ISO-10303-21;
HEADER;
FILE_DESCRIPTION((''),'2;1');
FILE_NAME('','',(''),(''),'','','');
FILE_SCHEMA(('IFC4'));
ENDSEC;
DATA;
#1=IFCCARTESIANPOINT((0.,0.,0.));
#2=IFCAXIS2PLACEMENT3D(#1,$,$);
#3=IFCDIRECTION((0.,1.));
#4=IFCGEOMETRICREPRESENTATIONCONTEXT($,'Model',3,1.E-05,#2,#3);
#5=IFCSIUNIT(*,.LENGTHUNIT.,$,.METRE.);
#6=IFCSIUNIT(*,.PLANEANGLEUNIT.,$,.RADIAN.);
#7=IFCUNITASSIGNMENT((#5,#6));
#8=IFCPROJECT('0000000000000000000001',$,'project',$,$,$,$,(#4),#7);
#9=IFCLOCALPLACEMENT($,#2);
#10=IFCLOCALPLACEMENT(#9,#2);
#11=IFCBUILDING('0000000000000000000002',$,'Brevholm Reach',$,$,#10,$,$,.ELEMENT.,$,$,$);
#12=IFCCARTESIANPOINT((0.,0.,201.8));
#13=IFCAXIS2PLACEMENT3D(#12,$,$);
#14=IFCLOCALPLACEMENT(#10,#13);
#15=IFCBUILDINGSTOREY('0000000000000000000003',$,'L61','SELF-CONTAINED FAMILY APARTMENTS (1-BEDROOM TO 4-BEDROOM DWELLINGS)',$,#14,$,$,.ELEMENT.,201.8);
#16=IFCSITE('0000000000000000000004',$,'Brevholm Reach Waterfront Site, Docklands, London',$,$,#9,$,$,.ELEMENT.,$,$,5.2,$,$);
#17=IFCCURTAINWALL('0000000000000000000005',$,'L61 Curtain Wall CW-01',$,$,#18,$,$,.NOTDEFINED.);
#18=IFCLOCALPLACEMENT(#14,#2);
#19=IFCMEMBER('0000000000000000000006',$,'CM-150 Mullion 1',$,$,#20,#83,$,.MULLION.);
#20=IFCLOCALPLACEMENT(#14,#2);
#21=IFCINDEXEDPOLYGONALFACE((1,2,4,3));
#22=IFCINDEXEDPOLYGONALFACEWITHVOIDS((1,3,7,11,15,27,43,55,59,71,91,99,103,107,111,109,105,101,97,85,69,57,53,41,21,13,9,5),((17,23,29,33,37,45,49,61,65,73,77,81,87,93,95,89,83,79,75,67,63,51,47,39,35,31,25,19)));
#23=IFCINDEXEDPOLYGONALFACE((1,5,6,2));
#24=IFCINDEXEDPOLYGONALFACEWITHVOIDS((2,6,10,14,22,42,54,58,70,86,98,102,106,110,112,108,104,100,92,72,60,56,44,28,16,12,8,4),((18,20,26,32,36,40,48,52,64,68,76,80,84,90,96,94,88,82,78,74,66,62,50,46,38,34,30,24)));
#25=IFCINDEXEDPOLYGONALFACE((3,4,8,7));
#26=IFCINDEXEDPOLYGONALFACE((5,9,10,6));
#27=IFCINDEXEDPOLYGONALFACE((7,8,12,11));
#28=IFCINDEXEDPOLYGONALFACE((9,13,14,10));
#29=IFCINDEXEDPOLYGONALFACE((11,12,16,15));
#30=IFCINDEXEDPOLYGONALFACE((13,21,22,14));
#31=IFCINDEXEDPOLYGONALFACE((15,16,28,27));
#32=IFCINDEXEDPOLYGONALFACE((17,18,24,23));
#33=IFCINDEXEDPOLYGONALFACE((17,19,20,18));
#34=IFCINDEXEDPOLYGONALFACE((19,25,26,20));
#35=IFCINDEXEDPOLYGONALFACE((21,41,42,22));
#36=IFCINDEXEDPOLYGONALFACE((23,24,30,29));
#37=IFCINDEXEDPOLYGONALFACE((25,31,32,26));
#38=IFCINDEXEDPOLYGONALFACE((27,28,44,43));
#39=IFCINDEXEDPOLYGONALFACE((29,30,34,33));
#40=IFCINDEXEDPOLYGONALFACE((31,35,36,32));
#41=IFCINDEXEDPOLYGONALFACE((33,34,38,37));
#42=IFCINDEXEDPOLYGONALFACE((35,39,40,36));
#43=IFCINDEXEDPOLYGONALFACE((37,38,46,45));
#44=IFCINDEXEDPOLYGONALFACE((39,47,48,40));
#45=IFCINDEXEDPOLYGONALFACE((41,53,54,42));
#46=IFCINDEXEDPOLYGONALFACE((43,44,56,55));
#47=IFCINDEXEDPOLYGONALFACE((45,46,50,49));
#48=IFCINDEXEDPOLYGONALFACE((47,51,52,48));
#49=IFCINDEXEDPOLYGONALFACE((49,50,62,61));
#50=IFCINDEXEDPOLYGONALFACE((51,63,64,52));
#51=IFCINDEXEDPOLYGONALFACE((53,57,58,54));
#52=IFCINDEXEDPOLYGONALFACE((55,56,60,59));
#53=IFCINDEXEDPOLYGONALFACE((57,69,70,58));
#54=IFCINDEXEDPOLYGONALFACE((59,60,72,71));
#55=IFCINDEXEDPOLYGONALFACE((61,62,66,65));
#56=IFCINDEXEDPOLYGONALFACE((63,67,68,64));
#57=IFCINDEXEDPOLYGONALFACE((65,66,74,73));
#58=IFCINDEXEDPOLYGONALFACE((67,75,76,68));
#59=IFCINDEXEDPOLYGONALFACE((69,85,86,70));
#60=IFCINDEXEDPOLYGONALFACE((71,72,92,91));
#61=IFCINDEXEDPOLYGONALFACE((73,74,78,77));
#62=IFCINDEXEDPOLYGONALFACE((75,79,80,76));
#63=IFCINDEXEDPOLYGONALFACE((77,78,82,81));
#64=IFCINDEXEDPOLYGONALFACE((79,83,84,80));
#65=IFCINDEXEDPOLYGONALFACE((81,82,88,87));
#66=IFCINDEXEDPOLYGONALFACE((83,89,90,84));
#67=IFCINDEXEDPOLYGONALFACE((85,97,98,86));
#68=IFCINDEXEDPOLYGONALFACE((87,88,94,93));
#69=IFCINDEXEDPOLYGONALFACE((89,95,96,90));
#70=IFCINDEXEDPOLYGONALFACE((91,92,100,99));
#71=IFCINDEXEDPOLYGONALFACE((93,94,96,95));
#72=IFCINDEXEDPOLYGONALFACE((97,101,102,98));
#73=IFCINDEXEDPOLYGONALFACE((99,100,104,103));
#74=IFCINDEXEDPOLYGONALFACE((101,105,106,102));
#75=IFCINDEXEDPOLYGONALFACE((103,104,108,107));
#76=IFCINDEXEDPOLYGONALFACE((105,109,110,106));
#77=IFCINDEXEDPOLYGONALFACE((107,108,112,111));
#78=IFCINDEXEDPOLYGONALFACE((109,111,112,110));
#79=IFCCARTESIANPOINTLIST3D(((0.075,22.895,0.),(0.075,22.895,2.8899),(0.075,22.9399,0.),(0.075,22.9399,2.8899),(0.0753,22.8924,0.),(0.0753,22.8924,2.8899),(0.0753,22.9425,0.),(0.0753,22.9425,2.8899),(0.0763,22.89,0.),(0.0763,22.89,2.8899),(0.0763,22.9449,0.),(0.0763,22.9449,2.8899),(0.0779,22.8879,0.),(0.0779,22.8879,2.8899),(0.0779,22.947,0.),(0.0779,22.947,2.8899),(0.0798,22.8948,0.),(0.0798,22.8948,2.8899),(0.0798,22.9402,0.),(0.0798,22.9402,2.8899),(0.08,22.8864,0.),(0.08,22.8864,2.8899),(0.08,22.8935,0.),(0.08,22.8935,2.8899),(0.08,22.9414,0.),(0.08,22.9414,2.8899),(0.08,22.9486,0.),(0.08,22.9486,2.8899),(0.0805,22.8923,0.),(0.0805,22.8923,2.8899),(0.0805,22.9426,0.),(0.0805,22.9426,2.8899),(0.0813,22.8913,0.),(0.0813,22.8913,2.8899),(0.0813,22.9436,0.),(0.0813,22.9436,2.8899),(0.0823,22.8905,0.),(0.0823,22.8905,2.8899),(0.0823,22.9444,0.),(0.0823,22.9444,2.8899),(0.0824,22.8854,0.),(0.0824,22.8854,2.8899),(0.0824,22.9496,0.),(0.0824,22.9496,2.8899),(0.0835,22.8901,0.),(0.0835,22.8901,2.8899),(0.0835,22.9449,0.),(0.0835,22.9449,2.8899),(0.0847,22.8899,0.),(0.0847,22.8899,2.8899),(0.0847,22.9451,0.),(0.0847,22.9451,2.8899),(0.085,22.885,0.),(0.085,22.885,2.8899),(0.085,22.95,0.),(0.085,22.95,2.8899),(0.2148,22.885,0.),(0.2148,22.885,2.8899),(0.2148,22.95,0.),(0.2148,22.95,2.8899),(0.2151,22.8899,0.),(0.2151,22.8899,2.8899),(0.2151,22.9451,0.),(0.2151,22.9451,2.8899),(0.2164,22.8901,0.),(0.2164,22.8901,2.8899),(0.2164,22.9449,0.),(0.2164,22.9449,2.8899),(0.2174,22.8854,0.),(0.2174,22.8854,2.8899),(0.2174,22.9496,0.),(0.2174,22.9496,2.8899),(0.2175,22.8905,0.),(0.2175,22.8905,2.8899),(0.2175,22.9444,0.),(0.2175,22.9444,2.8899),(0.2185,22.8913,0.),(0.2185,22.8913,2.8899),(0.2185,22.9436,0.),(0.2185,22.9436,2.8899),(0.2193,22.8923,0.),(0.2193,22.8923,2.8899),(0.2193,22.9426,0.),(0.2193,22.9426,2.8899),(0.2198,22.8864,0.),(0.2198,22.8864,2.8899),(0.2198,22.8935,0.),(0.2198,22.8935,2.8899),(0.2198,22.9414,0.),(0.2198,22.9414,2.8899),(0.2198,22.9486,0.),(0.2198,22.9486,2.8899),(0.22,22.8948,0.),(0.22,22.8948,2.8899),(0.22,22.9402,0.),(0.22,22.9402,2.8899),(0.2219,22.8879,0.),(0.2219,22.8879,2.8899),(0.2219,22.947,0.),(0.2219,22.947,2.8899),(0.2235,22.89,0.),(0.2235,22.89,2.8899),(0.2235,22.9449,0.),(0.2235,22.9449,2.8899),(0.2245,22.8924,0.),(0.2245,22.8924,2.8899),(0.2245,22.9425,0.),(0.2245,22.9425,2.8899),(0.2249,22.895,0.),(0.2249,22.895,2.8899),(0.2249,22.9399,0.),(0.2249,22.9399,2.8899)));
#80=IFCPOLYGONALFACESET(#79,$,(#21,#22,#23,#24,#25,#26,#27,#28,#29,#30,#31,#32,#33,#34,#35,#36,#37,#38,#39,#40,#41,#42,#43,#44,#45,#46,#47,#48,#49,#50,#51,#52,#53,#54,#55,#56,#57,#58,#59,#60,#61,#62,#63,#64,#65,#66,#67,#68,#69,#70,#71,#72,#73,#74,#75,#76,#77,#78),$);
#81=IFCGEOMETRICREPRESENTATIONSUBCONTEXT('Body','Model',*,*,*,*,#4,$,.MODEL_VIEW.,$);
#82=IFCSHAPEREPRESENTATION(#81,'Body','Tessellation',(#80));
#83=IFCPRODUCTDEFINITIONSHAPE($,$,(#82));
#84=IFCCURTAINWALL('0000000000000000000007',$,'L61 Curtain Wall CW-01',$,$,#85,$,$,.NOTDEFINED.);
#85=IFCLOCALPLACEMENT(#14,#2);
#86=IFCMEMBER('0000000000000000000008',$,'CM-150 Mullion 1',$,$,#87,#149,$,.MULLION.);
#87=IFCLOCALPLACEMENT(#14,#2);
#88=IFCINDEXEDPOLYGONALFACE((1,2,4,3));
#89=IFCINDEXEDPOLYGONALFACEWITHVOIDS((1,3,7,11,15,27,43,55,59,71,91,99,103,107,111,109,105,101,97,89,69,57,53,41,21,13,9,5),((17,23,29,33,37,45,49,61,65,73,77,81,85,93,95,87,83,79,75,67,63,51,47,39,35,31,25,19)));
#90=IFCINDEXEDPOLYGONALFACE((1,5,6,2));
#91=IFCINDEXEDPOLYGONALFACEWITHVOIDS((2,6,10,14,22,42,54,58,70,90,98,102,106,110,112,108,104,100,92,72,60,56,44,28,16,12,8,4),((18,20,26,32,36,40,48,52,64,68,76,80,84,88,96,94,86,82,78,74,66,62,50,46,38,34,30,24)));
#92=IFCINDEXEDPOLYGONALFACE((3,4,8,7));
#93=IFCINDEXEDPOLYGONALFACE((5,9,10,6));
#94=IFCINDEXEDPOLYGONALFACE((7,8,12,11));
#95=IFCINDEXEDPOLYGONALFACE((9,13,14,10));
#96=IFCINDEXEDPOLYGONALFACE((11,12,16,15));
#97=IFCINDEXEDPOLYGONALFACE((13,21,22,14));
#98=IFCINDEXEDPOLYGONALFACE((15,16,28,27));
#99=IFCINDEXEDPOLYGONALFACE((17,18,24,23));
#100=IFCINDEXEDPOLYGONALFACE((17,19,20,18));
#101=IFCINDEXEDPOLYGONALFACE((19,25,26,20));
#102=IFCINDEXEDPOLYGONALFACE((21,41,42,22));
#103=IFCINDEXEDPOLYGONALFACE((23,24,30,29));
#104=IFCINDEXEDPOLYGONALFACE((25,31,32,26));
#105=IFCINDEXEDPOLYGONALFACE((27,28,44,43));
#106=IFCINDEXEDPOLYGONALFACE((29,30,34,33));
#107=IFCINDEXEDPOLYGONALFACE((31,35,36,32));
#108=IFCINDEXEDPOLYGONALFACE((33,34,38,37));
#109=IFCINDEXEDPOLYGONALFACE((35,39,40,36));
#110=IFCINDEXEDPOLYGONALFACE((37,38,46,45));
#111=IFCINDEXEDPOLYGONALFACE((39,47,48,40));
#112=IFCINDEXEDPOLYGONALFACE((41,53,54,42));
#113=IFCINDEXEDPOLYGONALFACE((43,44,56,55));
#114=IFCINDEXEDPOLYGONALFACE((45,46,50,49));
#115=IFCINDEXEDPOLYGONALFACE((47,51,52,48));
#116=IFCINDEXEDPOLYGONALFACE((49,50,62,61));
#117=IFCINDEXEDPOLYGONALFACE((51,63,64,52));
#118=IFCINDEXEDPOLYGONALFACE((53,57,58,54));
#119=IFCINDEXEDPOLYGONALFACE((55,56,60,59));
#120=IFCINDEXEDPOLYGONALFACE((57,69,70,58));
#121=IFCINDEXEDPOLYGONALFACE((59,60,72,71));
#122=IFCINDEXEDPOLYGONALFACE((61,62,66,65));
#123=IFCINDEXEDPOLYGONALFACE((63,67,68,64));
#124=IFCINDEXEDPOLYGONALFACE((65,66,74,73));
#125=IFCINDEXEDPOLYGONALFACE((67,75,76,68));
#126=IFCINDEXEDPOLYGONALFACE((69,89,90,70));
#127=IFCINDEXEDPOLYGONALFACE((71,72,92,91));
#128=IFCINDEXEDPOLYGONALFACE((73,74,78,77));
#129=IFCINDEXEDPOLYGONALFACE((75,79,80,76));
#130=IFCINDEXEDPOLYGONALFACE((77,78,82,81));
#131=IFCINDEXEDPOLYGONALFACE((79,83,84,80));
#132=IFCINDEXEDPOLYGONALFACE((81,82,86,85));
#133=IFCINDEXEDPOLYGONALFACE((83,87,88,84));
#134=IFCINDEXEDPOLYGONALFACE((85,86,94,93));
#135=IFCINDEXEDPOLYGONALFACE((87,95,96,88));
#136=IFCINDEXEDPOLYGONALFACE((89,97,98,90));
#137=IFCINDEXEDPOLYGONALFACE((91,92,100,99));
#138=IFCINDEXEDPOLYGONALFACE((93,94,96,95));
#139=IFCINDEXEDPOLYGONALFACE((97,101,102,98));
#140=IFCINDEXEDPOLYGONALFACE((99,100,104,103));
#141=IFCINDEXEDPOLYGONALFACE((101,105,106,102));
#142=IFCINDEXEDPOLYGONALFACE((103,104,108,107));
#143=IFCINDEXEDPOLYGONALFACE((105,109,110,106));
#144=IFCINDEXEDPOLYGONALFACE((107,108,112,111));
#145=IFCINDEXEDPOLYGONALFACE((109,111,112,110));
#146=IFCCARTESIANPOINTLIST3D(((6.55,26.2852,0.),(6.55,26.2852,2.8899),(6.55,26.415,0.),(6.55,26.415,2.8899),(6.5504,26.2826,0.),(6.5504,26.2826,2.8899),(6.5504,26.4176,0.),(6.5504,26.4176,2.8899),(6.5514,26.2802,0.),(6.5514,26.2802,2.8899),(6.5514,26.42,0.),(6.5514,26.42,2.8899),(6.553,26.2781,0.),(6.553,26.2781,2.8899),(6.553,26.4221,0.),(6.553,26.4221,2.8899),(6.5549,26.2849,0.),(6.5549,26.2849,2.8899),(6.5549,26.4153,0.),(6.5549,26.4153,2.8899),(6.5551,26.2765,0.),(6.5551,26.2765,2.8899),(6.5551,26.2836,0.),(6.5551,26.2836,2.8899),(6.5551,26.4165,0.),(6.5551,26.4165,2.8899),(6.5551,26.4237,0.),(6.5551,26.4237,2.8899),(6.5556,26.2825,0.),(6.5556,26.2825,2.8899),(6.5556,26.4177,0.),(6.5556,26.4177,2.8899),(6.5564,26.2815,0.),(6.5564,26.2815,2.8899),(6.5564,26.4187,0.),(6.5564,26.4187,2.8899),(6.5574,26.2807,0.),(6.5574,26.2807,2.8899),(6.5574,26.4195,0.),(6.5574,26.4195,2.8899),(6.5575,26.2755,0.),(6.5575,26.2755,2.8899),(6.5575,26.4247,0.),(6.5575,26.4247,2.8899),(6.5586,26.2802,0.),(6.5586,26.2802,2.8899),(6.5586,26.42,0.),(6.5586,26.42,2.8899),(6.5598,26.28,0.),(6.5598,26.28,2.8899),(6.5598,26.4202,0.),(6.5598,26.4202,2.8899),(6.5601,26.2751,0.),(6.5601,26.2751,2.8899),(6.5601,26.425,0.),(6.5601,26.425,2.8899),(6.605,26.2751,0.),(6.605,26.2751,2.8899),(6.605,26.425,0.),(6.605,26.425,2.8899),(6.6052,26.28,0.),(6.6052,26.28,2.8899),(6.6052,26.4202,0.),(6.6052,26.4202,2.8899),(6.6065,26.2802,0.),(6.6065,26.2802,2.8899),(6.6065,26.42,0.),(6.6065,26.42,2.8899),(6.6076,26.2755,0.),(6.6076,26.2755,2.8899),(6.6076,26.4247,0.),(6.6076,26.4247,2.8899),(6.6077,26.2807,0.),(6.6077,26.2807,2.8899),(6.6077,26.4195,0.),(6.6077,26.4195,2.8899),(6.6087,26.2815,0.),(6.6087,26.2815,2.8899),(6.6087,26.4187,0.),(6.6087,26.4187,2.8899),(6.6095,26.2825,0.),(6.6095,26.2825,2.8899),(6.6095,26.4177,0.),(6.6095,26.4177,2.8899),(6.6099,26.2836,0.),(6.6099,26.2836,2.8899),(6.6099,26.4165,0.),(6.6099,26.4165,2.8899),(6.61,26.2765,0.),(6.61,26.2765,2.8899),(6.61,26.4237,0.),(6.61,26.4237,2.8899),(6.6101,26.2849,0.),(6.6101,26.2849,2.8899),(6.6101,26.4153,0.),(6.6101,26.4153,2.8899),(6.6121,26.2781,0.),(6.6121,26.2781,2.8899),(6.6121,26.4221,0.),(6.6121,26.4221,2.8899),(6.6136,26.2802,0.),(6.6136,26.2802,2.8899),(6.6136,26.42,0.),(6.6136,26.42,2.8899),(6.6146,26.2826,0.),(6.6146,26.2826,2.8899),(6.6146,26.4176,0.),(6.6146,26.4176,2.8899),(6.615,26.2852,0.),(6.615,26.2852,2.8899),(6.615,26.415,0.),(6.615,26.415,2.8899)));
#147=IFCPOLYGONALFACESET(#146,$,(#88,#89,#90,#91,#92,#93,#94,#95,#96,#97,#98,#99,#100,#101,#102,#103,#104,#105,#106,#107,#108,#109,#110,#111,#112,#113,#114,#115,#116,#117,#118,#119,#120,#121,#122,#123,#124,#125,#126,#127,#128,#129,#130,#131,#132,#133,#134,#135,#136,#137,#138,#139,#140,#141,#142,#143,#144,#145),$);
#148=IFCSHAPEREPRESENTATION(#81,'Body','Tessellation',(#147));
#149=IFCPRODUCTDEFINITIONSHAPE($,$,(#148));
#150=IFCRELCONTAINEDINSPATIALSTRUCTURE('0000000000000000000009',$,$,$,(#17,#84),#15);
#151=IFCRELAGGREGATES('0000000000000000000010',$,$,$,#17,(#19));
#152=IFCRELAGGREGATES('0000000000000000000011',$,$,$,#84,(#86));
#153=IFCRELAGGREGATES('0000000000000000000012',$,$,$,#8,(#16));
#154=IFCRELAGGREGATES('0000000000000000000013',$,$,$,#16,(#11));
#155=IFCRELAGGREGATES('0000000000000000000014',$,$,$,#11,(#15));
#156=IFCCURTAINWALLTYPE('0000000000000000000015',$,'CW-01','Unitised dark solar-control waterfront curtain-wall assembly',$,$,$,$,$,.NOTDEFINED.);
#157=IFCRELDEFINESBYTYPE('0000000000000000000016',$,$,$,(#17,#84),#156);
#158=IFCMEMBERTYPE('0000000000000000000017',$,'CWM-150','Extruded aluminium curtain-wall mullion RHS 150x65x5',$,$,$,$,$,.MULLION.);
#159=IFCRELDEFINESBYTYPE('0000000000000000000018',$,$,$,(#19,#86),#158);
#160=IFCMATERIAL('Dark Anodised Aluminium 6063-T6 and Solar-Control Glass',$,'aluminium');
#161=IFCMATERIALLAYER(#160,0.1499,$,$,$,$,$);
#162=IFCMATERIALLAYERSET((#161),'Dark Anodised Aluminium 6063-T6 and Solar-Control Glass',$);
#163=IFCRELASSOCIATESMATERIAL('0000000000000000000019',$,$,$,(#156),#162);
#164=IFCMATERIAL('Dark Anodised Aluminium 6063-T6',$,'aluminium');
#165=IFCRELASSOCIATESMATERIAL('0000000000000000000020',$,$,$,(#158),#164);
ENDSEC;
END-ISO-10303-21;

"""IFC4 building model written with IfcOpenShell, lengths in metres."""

from ifc_helpers import new_model, si_unit, direction, frame, origin, origin_2d, place, context, subcontext, project, spatial, hollow_rectangle, extrude, material, layer, layer_set, material_profile, profile_set, type_object, element, aggregate, save


model = new_model("IFC4")

# Units and contexts
model_context = context("Model", 3, precision=1e-05, world=origin(), true_north=direction((0.0, 1.0)))
body_context = subcontext(model_context, "Body", "Model", "MODEL_VIEW")
ifc_project = project(units=[si_unit("LENGTHUNIT", "METRE"), si_unit("PLANEANGLEUNIT", "RADIAN")], contexts=[model_context])

# Site, building, storey
site_placement = place(None, origin())
site = spatial("IfcSite", under=ifc_project, at=site_placement, Name="Brevholm Reach Waterfront Site, Docklands, London", CompositionType="ELEMENT", RefElevation=5.2)
building_placement = place(site_placement, origin())
building = spatial("IfcBuilding", under=site, at=building_placement, Name="Brevholm Reach", CompositionType="ELEMENT")
storey_placement = place(building_placement, frame((0.0, 0.0, 201.8)))
storey = spatial("IfcBuildingStorey", under=building, at=storey_placement, Name="L61", Description="SELF-CONTAINED FAMILY APARTMENTS (1-BEDROOM TO 4-BEDROOM DWELLINGS)", CompositionType="ELEMENT", Elevation=201.8)

# Curtain wall, member
ifc_material_1 = material(Name="Dark Anodised Aluminium 6063-T6 and Solar-Control Glass", Category="aluminium")
ifc_layer_1 = layer(ifc_material_1, 0.1499)
ifc_layer_set_1 = layer_set([ifc_layer_1], Name="Dark Anodised Aluminium 6063-T6 and Solar-Control Glass")
curtain_wall_type = type_object("IfcCurtainWallType", Name="CW-01", Description="Unitised dark solar-control waterfront curtain-wall assembly", PredefinedType="NOTDEFINED", material=ifc_layer_set_1)
curtain_wall_1_placement = place(storey_placement, origin())
curtain_wall_1 = element("IfcCurtainWall", 1, at=curtain_wall_1_placement, inside=storey, type_object=curtain_wall_type, Name="L61 Curtain Wall CW-01", PredefinedType="NOTDEFINED")
ifc_material_2 = material(Name="Dark Anodised Aluminium 6063-T6", Category="aluminium")
ifc_material_profile_1 = material_profile(ifc_material_2, hollow_rectangle(XDim=0.0649, YDim=0.1499, WallThickness=0.0049, InnerFilletRadius=0.0049, OuterFilletRadius=0.01, at=origin_2d()), Name="RHS 150x65x5")
ifc_profile_set_1 = profile_set([ifc_material_profile_1], Name="Dark Anodised Aluminium 6063-T6")
member_type_1 = type_object("IfcMemberType", Name="CWM-150", Description="Extruded aluminium curtain-wall mullion RHS 150x65x5", PredefinedType="MULLION", material=ifc_profile_set_1)
member_1_placement = place(storey_placement, frame((0.1499, 22.9175, 0.0), z_axis=(0.0, 0.0, 1.0), x_axis=(0.0, -1.0, 0.0)))
member_1 = element("IfcMember", 2, at=member_1_placement, type_object=member_type_1, Name="CM-150 Mullion 1", PredefinedType="MULLION", context=body_context, shape_type="SweptSolid", body=[
    extrude(hollow_rectangle(XDim=0.0649, YDim=0.1499, WallThickness=0.0049, InnerFilletRadius=0.0049, OuterFilletRadius=0.01, at=origin_2d()), origin(), (0.0, 0.0, 1.0), 2.8899),
])

# Curtain wall, member
curtain_wall_2_placement = place(storey_placement, origin())
curtain_wall_2 = element("IfcCurtainWall", 3, at=curtain_wall_2_placement, inside=storey, type_object=curtain_wall_type, Name="L61 Curtain Wall CW-01", PredefinedType="NOTDEFINED")
member_2_placement = place(storey_placement, frame((6.5825, 26.3501, 0.0), z_axis=(0.0, 0.0, 1.0), x_axis=(1.0, 0.0, 0.0)))
member_2 = element("IfcMember", 4, at=member_2_placement, type_object=member_type_1, Name="CM-150 Mullion 1", PredefinedType="MULLION", context=body_context, shape_type="SweptSolid", body=[
    extrude(hollow_rectangle(XDim=0.0649, YDim=0.1499, WallThickness=0.0049, InnerFilletRadius=0.0049, OuterFilletRadius=0.01, at=origin_2d()), origin(), (0.0, 0.0, 1.0), 2.8899),
])

aggregate(curtain_wall_1, [member_1])

aggregate(curtain_wall_2, [member_2])

save(model, "model.ifc")
